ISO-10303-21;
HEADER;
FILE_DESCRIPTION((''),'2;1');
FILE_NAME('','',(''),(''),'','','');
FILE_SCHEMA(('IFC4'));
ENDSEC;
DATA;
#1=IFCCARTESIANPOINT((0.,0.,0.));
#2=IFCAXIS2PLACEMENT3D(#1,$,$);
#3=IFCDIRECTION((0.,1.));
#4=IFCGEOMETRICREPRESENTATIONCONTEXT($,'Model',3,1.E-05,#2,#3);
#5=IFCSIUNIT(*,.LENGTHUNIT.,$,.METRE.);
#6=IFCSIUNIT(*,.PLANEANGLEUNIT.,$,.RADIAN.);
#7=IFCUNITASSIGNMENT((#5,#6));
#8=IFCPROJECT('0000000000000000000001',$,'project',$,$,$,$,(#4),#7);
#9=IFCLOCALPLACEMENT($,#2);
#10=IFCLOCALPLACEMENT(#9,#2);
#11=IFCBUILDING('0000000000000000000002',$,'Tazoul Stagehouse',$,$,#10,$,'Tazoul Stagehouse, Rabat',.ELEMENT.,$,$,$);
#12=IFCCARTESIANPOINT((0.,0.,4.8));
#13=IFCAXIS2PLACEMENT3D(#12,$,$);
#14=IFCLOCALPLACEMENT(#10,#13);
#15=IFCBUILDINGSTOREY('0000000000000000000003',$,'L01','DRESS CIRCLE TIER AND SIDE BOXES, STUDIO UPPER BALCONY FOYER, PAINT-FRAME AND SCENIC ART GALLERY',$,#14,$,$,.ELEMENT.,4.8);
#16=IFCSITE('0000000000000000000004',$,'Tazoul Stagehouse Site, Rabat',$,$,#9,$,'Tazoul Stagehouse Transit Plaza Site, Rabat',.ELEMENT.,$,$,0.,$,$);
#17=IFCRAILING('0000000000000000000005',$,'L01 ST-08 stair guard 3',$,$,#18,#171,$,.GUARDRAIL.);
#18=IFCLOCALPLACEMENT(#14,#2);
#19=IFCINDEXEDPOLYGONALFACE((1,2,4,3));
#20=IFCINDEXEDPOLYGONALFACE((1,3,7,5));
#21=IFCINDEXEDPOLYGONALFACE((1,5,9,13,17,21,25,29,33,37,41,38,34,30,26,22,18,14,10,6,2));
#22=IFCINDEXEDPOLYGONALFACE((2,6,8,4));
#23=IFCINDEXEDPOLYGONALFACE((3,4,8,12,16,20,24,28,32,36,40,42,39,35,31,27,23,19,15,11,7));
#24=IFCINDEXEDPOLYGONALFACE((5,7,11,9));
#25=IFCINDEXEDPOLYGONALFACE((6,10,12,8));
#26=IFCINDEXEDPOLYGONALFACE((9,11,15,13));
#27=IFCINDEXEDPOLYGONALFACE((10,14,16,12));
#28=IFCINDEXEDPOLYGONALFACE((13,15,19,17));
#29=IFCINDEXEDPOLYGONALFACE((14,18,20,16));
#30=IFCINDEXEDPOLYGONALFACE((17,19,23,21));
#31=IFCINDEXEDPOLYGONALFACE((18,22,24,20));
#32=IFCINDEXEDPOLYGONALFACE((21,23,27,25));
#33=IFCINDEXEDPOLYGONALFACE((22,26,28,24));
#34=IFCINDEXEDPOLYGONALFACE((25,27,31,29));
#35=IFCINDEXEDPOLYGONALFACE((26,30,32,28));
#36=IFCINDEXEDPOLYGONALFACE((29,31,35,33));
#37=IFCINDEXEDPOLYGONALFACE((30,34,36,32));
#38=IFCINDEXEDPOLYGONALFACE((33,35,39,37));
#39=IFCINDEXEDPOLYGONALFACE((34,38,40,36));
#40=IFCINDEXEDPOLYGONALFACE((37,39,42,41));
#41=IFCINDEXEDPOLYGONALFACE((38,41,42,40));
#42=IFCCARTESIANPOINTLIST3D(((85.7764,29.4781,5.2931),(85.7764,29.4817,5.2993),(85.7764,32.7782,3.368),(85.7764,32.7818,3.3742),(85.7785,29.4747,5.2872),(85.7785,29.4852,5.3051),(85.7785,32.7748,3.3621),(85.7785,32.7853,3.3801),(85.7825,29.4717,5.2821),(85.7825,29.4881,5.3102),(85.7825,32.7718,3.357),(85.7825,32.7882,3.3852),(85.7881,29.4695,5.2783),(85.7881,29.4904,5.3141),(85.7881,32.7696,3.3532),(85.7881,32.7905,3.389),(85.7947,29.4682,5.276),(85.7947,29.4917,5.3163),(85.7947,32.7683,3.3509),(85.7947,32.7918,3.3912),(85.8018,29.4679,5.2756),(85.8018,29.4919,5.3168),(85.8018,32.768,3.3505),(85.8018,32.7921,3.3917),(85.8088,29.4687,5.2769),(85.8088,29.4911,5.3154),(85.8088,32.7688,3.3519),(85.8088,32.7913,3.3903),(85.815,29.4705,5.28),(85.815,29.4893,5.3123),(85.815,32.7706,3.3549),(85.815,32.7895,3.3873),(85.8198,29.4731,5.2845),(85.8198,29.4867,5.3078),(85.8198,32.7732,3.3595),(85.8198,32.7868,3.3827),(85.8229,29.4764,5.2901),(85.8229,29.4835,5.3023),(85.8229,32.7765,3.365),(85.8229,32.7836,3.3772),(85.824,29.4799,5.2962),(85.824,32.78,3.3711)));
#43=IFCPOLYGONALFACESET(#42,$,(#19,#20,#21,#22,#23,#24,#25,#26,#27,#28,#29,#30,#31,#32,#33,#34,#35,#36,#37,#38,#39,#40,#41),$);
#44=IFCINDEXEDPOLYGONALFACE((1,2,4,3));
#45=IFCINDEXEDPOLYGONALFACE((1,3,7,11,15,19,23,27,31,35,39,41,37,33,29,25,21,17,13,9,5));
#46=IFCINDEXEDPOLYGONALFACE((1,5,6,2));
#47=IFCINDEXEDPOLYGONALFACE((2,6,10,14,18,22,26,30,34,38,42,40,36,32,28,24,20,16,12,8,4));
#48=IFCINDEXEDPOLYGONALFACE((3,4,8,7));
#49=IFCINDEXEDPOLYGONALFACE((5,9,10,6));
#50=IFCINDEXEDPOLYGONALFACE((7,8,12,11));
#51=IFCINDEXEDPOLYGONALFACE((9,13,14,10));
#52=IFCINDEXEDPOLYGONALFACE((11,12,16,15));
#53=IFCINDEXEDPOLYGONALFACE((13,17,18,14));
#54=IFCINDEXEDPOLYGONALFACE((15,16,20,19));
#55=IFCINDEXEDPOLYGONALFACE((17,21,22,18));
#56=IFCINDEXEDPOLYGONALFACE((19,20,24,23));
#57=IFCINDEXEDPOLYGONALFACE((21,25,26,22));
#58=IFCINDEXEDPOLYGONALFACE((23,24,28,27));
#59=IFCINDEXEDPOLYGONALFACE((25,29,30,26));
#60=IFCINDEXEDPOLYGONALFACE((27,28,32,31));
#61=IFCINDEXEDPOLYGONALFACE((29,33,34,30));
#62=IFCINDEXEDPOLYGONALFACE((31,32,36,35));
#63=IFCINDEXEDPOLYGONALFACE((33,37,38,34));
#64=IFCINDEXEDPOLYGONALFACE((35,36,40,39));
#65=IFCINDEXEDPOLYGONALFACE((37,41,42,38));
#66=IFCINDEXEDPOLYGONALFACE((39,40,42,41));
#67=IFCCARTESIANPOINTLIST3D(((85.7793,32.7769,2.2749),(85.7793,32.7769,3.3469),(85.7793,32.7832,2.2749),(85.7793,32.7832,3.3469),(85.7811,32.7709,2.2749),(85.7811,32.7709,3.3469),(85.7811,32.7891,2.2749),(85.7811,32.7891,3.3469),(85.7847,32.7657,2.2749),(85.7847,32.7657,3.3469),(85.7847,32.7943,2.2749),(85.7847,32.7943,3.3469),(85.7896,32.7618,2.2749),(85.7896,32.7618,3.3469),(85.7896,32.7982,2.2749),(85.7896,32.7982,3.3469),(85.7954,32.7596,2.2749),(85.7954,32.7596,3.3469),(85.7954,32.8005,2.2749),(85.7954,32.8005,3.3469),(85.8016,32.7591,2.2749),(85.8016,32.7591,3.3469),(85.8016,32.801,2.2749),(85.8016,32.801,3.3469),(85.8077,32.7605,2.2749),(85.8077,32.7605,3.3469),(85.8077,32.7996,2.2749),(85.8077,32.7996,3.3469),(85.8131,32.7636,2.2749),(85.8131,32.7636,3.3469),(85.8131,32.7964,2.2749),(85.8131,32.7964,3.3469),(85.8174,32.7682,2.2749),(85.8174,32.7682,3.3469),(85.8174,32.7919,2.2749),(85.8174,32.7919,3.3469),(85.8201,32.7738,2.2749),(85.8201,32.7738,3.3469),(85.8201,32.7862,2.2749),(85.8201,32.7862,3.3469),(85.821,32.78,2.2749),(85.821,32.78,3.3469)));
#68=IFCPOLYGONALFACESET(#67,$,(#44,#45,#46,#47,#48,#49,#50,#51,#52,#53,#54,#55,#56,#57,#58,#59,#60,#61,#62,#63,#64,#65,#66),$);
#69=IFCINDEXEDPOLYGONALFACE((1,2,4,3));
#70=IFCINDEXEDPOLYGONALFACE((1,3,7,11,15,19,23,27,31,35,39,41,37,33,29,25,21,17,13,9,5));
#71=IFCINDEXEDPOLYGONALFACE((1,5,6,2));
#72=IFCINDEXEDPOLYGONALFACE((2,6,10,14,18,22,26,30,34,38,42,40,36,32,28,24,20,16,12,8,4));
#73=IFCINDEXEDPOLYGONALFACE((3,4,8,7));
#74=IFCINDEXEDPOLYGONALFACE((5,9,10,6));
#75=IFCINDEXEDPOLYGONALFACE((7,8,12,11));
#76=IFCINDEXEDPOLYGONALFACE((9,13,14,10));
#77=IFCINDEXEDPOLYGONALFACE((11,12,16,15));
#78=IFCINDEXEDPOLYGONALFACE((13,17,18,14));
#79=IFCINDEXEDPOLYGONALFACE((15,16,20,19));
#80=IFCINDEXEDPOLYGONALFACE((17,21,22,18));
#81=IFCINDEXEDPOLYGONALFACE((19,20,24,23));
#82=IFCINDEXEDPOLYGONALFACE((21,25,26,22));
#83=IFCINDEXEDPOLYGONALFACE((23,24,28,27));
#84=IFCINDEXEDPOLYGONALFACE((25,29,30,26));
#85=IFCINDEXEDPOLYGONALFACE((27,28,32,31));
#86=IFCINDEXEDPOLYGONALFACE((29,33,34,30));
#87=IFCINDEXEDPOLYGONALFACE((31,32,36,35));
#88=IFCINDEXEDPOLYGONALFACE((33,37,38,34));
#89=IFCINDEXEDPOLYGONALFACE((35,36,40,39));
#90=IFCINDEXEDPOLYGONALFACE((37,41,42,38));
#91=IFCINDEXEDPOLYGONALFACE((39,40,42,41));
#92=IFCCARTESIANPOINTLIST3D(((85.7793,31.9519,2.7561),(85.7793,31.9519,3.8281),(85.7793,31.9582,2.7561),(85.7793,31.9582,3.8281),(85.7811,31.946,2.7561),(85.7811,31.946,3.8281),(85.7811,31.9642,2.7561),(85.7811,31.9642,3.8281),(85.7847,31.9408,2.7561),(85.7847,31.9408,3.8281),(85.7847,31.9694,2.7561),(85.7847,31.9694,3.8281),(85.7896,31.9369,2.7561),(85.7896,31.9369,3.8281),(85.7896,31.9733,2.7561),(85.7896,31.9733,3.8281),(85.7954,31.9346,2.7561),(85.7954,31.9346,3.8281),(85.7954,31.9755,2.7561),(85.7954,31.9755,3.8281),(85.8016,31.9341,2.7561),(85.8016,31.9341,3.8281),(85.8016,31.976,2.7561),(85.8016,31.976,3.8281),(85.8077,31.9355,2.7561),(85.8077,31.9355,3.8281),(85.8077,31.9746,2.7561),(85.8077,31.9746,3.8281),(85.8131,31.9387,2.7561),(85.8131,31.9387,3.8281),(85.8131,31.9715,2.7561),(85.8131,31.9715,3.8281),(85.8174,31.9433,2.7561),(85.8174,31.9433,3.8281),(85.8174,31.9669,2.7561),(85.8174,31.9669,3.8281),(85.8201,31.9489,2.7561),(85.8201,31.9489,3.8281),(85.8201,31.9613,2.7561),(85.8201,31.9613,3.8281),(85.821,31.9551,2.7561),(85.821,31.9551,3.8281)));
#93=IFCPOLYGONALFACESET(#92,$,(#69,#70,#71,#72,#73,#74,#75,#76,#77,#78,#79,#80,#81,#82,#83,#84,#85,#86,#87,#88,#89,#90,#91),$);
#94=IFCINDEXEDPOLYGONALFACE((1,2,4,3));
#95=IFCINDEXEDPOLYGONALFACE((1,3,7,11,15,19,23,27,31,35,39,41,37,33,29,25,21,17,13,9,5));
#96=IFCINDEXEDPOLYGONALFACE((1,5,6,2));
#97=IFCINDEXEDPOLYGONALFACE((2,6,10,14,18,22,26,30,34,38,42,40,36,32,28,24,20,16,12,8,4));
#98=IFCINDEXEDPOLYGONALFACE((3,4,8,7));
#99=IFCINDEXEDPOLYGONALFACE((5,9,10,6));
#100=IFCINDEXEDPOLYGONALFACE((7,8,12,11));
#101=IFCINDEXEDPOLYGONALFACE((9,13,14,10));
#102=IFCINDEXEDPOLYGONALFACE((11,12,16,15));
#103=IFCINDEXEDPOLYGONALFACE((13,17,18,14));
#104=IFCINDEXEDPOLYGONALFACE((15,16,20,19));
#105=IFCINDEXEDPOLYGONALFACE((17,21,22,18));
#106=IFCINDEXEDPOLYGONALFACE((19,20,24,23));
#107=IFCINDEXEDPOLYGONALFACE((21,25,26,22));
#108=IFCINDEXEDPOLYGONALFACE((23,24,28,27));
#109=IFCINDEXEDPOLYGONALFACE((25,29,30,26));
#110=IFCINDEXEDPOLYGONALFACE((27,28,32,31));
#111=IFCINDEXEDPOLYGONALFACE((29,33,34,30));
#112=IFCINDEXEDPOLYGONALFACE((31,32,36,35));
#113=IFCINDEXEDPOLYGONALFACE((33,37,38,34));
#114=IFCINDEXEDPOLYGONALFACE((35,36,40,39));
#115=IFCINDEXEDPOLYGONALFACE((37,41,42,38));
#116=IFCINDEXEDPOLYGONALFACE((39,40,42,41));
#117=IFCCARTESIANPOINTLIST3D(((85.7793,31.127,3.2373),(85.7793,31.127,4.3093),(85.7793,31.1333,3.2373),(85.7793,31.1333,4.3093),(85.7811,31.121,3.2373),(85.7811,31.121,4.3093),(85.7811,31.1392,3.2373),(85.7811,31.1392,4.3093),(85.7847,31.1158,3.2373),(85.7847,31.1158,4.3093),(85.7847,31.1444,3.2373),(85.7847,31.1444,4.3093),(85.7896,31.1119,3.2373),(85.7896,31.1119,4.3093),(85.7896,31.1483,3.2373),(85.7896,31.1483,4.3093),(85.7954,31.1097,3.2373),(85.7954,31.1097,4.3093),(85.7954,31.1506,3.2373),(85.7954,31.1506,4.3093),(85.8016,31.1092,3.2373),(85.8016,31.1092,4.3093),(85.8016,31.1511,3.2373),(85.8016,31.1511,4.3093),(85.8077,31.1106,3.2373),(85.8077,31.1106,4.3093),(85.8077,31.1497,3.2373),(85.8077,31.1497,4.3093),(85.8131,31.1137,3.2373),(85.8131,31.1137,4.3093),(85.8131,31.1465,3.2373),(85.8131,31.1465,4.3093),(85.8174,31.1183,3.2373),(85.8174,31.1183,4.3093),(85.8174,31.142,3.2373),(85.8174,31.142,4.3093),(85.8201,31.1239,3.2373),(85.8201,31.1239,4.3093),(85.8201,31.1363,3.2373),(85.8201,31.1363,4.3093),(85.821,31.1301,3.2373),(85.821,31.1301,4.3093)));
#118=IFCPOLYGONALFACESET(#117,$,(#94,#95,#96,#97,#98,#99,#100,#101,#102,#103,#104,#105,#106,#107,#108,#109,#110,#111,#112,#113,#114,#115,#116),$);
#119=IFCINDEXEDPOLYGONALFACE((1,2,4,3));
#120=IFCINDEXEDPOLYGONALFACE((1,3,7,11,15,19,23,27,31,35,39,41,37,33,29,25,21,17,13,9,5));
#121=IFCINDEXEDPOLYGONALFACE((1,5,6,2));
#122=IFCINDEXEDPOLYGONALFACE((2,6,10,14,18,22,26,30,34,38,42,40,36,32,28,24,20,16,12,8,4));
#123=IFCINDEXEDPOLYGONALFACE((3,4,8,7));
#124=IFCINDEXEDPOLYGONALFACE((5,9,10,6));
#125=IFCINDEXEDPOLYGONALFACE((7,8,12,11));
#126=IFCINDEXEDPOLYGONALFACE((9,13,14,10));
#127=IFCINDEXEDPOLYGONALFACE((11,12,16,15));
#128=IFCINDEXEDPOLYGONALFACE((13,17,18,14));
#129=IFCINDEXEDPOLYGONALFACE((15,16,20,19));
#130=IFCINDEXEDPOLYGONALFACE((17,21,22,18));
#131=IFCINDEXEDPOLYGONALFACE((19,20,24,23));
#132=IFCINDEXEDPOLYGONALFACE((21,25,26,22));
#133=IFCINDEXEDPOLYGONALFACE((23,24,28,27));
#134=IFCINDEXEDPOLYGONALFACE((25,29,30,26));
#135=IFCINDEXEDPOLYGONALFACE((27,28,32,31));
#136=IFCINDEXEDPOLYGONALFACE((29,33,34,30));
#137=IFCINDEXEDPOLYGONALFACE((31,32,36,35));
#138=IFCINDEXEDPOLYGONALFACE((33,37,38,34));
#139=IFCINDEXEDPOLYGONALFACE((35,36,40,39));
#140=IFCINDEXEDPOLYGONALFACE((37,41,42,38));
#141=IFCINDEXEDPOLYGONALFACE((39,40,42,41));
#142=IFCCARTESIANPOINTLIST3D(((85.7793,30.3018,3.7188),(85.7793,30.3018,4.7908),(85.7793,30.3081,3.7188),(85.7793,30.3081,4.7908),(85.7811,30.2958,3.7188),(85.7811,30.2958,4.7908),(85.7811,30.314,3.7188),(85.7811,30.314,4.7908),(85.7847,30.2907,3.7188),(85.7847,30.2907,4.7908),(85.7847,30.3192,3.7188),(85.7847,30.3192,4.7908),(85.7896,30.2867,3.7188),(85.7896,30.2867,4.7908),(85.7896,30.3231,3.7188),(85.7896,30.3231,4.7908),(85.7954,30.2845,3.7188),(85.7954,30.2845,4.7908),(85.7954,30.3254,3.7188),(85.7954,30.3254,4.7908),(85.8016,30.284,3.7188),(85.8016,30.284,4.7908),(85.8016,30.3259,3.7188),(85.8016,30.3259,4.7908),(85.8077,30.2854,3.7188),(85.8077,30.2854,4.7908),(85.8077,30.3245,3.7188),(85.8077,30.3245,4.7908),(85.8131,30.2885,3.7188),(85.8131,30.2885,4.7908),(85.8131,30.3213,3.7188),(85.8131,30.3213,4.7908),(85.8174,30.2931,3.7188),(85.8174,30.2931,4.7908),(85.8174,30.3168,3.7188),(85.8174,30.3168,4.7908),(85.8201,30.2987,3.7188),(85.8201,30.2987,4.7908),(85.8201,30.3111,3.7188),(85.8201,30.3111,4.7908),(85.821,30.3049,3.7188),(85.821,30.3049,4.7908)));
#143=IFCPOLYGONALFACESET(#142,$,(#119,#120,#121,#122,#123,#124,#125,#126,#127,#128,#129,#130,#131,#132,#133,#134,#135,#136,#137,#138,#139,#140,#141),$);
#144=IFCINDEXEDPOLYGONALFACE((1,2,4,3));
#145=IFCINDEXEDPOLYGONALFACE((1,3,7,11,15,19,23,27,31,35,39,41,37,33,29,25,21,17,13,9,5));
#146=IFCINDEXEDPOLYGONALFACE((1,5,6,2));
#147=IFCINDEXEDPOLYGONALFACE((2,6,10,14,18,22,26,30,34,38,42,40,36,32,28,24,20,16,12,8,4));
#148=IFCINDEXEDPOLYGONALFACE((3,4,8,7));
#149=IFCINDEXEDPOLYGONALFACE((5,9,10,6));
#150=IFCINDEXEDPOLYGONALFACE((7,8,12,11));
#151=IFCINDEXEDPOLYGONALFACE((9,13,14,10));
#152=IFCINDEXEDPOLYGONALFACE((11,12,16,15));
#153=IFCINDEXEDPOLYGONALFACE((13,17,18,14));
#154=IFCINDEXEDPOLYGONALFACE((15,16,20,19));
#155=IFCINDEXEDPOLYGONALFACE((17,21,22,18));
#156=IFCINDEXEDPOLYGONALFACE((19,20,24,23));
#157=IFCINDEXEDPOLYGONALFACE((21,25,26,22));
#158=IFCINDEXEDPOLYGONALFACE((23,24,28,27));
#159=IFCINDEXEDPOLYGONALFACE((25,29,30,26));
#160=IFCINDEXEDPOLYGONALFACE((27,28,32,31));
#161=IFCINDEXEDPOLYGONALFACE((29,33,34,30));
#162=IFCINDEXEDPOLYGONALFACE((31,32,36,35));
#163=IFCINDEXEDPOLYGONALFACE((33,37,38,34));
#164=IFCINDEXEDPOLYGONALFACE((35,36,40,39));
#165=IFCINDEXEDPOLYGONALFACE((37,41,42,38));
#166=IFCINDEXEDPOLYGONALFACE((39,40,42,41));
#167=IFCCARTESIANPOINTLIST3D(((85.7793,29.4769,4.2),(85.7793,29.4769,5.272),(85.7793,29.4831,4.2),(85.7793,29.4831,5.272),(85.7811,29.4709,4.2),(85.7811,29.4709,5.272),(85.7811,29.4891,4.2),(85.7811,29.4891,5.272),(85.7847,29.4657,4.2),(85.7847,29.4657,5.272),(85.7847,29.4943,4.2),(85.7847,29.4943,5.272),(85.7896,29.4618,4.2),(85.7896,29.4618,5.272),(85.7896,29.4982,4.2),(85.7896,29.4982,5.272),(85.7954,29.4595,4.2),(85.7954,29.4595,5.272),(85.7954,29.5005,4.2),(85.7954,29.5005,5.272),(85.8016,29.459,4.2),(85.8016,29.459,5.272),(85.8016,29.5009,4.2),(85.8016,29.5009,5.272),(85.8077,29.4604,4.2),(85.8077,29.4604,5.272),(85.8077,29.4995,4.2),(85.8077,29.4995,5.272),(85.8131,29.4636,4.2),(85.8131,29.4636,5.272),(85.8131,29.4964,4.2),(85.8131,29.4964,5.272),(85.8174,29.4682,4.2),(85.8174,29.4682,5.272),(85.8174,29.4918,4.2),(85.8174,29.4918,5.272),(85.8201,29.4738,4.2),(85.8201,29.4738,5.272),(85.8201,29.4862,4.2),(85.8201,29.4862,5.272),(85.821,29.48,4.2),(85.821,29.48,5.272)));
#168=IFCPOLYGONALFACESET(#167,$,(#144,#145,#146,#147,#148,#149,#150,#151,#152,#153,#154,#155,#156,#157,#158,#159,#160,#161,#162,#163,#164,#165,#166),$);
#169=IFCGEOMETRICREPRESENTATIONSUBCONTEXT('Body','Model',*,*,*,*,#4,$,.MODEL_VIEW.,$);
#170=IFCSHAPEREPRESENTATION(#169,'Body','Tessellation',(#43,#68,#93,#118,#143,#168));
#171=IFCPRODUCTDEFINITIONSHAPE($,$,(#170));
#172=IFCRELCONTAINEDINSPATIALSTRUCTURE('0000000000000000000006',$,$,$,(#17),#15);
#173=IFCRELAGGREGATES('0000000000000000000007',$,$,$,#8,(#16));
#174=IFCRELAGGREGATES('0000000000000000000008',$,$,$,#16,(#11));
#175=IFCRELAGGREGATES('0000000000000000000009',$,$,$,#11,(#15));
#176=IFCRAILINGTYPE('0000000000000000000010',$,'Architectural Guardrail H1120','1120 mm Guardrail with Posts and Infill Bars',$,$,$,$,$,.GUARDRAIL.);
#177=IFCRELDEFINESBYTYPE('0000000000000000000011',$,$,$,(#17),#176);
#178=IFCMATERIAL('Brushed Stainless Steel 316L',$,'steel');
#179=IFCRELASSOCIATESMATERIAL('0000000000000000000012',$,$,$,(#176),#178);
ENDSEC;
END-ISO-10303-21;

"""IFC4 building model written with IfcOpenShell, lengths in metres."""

from ifc_helpers import new_model, si_unit, direction, frame, origin, origin_2d, place, context, subcontext, project, spatial, circle, extrude, material, material_profile, profile_set, type_object, element, save


model = new_model("IFC4")

# Units and contexts
model_context = context("Model", 3, precision=1e-05, world=origin(), true_north=direction((0.0, 1.0)))
body_context = subcontext(model_context, "Body", "Model", "MODEL_VIEW")
ifc_project = project(units=[si_unit("LENGTHUNIT", "METRE"), si_unit("PLANEANGLEUNIT", "RADIAN")], contexts=[model_context])

# Site, building, storey
site_placement = place(None, origin())
site = spatial("IfcSite", under=ifc_project, at=site_placement, Name="Tazoul Stagehouse Site, Rabat", LongName="Tazoul Stagehouse Transit Plaza Site, Rabat", CompositionType="ELEMENT", RefElevation=0.0)
building_placement = place(site_placement, origin())
building = spatial("IfcBuilding", under=site, at=building_placement, Name="Tazoul Stagehouse", LongName="Tazoul Stagehouse, Rabat", CompositionType="ELEMENT")
storey_placement = place(building_placement, frame((0.0, 0.0, 4.8)))
storey = spatial("IfcBuildingStorey", under=building, at=storey_placement, Name="L01", Description="DRESS CIRCLE TIER AND SIDE BOXES, STUDIO UPPER BALCONY FOYER, PAINT-FRAME AND SCENIC ART GALLERY", CompositionType="ELEMENT", Elevation=4.8)

# Railing
ifc_material_1 = material(Name="Brushed Stainless Steel 316L", Category="steel")
ifc_material_profile_1 = material_profile(ifc_material_1, circle(Radius=0.0239, at=origin_2d()), Name="SS RAIL D48")
ifc_profile_set_1 = profile_set([ifc_material_profile_1], Name="Brushed Stainless Steel 316L")
railing_type_1 = type_object("IfcRailingType", Name="Architectural Guardrail H1120", Description="1120 mm Guardrail with Posts and Infill Bars", PredefinedType="GUARDRAIL", material=ifc_profile_set_1)
railing_1_placement = place(storey_placement, frame((85.8, 32.78, 2.2749)))
element("IfcRailing", 1, at=railing_1_placement, inside=storey, type_object=railing_type_1, Name="L01 ST-08 stair guard 3", PredefinedType="GUARDRAIL", context=body_context, shape_type="SweptSolid", body=[
    extrude(circle(Radius=0.0239, at=origin_2d()), frame((0.0, 0.0, 1.0962), z_axis=(0.0, -0.863777, 0.503875), x_axis=(1.0, 0.0, 0.0)), (0.0, 0.0, 1.0), 3.8206),
    extrude(circle(Radius=0.021, at=origin_2d()), origin(), (0.0, 0.0, 1.0), 1.072),
    extrude(circle(Radius=0.021, at=origin_2d()), frame((0.0, -0.825, 0.4812)), (0.0, 0.0, 1.0), 1.072),
    extrude(circle(Radius=0.021, at=origin_2d()), frame((0.0, -1.6499, 0.9624)), (0.0, 0.0, 1.0), 1.072),
    extrude(circle(Radius=0.021, at=origin_2d()), frame((0.0, -2.4751, 1.4438)), (0.0, 0.0, 1.0), 1.072),
    extrude(circle(Radius=0.021, at=origin_2d()), frame((0.0, -3.3, 1.925)), (0.0, 0.0, 1.0), 1.072),
])

save(model, "model.ifc")
